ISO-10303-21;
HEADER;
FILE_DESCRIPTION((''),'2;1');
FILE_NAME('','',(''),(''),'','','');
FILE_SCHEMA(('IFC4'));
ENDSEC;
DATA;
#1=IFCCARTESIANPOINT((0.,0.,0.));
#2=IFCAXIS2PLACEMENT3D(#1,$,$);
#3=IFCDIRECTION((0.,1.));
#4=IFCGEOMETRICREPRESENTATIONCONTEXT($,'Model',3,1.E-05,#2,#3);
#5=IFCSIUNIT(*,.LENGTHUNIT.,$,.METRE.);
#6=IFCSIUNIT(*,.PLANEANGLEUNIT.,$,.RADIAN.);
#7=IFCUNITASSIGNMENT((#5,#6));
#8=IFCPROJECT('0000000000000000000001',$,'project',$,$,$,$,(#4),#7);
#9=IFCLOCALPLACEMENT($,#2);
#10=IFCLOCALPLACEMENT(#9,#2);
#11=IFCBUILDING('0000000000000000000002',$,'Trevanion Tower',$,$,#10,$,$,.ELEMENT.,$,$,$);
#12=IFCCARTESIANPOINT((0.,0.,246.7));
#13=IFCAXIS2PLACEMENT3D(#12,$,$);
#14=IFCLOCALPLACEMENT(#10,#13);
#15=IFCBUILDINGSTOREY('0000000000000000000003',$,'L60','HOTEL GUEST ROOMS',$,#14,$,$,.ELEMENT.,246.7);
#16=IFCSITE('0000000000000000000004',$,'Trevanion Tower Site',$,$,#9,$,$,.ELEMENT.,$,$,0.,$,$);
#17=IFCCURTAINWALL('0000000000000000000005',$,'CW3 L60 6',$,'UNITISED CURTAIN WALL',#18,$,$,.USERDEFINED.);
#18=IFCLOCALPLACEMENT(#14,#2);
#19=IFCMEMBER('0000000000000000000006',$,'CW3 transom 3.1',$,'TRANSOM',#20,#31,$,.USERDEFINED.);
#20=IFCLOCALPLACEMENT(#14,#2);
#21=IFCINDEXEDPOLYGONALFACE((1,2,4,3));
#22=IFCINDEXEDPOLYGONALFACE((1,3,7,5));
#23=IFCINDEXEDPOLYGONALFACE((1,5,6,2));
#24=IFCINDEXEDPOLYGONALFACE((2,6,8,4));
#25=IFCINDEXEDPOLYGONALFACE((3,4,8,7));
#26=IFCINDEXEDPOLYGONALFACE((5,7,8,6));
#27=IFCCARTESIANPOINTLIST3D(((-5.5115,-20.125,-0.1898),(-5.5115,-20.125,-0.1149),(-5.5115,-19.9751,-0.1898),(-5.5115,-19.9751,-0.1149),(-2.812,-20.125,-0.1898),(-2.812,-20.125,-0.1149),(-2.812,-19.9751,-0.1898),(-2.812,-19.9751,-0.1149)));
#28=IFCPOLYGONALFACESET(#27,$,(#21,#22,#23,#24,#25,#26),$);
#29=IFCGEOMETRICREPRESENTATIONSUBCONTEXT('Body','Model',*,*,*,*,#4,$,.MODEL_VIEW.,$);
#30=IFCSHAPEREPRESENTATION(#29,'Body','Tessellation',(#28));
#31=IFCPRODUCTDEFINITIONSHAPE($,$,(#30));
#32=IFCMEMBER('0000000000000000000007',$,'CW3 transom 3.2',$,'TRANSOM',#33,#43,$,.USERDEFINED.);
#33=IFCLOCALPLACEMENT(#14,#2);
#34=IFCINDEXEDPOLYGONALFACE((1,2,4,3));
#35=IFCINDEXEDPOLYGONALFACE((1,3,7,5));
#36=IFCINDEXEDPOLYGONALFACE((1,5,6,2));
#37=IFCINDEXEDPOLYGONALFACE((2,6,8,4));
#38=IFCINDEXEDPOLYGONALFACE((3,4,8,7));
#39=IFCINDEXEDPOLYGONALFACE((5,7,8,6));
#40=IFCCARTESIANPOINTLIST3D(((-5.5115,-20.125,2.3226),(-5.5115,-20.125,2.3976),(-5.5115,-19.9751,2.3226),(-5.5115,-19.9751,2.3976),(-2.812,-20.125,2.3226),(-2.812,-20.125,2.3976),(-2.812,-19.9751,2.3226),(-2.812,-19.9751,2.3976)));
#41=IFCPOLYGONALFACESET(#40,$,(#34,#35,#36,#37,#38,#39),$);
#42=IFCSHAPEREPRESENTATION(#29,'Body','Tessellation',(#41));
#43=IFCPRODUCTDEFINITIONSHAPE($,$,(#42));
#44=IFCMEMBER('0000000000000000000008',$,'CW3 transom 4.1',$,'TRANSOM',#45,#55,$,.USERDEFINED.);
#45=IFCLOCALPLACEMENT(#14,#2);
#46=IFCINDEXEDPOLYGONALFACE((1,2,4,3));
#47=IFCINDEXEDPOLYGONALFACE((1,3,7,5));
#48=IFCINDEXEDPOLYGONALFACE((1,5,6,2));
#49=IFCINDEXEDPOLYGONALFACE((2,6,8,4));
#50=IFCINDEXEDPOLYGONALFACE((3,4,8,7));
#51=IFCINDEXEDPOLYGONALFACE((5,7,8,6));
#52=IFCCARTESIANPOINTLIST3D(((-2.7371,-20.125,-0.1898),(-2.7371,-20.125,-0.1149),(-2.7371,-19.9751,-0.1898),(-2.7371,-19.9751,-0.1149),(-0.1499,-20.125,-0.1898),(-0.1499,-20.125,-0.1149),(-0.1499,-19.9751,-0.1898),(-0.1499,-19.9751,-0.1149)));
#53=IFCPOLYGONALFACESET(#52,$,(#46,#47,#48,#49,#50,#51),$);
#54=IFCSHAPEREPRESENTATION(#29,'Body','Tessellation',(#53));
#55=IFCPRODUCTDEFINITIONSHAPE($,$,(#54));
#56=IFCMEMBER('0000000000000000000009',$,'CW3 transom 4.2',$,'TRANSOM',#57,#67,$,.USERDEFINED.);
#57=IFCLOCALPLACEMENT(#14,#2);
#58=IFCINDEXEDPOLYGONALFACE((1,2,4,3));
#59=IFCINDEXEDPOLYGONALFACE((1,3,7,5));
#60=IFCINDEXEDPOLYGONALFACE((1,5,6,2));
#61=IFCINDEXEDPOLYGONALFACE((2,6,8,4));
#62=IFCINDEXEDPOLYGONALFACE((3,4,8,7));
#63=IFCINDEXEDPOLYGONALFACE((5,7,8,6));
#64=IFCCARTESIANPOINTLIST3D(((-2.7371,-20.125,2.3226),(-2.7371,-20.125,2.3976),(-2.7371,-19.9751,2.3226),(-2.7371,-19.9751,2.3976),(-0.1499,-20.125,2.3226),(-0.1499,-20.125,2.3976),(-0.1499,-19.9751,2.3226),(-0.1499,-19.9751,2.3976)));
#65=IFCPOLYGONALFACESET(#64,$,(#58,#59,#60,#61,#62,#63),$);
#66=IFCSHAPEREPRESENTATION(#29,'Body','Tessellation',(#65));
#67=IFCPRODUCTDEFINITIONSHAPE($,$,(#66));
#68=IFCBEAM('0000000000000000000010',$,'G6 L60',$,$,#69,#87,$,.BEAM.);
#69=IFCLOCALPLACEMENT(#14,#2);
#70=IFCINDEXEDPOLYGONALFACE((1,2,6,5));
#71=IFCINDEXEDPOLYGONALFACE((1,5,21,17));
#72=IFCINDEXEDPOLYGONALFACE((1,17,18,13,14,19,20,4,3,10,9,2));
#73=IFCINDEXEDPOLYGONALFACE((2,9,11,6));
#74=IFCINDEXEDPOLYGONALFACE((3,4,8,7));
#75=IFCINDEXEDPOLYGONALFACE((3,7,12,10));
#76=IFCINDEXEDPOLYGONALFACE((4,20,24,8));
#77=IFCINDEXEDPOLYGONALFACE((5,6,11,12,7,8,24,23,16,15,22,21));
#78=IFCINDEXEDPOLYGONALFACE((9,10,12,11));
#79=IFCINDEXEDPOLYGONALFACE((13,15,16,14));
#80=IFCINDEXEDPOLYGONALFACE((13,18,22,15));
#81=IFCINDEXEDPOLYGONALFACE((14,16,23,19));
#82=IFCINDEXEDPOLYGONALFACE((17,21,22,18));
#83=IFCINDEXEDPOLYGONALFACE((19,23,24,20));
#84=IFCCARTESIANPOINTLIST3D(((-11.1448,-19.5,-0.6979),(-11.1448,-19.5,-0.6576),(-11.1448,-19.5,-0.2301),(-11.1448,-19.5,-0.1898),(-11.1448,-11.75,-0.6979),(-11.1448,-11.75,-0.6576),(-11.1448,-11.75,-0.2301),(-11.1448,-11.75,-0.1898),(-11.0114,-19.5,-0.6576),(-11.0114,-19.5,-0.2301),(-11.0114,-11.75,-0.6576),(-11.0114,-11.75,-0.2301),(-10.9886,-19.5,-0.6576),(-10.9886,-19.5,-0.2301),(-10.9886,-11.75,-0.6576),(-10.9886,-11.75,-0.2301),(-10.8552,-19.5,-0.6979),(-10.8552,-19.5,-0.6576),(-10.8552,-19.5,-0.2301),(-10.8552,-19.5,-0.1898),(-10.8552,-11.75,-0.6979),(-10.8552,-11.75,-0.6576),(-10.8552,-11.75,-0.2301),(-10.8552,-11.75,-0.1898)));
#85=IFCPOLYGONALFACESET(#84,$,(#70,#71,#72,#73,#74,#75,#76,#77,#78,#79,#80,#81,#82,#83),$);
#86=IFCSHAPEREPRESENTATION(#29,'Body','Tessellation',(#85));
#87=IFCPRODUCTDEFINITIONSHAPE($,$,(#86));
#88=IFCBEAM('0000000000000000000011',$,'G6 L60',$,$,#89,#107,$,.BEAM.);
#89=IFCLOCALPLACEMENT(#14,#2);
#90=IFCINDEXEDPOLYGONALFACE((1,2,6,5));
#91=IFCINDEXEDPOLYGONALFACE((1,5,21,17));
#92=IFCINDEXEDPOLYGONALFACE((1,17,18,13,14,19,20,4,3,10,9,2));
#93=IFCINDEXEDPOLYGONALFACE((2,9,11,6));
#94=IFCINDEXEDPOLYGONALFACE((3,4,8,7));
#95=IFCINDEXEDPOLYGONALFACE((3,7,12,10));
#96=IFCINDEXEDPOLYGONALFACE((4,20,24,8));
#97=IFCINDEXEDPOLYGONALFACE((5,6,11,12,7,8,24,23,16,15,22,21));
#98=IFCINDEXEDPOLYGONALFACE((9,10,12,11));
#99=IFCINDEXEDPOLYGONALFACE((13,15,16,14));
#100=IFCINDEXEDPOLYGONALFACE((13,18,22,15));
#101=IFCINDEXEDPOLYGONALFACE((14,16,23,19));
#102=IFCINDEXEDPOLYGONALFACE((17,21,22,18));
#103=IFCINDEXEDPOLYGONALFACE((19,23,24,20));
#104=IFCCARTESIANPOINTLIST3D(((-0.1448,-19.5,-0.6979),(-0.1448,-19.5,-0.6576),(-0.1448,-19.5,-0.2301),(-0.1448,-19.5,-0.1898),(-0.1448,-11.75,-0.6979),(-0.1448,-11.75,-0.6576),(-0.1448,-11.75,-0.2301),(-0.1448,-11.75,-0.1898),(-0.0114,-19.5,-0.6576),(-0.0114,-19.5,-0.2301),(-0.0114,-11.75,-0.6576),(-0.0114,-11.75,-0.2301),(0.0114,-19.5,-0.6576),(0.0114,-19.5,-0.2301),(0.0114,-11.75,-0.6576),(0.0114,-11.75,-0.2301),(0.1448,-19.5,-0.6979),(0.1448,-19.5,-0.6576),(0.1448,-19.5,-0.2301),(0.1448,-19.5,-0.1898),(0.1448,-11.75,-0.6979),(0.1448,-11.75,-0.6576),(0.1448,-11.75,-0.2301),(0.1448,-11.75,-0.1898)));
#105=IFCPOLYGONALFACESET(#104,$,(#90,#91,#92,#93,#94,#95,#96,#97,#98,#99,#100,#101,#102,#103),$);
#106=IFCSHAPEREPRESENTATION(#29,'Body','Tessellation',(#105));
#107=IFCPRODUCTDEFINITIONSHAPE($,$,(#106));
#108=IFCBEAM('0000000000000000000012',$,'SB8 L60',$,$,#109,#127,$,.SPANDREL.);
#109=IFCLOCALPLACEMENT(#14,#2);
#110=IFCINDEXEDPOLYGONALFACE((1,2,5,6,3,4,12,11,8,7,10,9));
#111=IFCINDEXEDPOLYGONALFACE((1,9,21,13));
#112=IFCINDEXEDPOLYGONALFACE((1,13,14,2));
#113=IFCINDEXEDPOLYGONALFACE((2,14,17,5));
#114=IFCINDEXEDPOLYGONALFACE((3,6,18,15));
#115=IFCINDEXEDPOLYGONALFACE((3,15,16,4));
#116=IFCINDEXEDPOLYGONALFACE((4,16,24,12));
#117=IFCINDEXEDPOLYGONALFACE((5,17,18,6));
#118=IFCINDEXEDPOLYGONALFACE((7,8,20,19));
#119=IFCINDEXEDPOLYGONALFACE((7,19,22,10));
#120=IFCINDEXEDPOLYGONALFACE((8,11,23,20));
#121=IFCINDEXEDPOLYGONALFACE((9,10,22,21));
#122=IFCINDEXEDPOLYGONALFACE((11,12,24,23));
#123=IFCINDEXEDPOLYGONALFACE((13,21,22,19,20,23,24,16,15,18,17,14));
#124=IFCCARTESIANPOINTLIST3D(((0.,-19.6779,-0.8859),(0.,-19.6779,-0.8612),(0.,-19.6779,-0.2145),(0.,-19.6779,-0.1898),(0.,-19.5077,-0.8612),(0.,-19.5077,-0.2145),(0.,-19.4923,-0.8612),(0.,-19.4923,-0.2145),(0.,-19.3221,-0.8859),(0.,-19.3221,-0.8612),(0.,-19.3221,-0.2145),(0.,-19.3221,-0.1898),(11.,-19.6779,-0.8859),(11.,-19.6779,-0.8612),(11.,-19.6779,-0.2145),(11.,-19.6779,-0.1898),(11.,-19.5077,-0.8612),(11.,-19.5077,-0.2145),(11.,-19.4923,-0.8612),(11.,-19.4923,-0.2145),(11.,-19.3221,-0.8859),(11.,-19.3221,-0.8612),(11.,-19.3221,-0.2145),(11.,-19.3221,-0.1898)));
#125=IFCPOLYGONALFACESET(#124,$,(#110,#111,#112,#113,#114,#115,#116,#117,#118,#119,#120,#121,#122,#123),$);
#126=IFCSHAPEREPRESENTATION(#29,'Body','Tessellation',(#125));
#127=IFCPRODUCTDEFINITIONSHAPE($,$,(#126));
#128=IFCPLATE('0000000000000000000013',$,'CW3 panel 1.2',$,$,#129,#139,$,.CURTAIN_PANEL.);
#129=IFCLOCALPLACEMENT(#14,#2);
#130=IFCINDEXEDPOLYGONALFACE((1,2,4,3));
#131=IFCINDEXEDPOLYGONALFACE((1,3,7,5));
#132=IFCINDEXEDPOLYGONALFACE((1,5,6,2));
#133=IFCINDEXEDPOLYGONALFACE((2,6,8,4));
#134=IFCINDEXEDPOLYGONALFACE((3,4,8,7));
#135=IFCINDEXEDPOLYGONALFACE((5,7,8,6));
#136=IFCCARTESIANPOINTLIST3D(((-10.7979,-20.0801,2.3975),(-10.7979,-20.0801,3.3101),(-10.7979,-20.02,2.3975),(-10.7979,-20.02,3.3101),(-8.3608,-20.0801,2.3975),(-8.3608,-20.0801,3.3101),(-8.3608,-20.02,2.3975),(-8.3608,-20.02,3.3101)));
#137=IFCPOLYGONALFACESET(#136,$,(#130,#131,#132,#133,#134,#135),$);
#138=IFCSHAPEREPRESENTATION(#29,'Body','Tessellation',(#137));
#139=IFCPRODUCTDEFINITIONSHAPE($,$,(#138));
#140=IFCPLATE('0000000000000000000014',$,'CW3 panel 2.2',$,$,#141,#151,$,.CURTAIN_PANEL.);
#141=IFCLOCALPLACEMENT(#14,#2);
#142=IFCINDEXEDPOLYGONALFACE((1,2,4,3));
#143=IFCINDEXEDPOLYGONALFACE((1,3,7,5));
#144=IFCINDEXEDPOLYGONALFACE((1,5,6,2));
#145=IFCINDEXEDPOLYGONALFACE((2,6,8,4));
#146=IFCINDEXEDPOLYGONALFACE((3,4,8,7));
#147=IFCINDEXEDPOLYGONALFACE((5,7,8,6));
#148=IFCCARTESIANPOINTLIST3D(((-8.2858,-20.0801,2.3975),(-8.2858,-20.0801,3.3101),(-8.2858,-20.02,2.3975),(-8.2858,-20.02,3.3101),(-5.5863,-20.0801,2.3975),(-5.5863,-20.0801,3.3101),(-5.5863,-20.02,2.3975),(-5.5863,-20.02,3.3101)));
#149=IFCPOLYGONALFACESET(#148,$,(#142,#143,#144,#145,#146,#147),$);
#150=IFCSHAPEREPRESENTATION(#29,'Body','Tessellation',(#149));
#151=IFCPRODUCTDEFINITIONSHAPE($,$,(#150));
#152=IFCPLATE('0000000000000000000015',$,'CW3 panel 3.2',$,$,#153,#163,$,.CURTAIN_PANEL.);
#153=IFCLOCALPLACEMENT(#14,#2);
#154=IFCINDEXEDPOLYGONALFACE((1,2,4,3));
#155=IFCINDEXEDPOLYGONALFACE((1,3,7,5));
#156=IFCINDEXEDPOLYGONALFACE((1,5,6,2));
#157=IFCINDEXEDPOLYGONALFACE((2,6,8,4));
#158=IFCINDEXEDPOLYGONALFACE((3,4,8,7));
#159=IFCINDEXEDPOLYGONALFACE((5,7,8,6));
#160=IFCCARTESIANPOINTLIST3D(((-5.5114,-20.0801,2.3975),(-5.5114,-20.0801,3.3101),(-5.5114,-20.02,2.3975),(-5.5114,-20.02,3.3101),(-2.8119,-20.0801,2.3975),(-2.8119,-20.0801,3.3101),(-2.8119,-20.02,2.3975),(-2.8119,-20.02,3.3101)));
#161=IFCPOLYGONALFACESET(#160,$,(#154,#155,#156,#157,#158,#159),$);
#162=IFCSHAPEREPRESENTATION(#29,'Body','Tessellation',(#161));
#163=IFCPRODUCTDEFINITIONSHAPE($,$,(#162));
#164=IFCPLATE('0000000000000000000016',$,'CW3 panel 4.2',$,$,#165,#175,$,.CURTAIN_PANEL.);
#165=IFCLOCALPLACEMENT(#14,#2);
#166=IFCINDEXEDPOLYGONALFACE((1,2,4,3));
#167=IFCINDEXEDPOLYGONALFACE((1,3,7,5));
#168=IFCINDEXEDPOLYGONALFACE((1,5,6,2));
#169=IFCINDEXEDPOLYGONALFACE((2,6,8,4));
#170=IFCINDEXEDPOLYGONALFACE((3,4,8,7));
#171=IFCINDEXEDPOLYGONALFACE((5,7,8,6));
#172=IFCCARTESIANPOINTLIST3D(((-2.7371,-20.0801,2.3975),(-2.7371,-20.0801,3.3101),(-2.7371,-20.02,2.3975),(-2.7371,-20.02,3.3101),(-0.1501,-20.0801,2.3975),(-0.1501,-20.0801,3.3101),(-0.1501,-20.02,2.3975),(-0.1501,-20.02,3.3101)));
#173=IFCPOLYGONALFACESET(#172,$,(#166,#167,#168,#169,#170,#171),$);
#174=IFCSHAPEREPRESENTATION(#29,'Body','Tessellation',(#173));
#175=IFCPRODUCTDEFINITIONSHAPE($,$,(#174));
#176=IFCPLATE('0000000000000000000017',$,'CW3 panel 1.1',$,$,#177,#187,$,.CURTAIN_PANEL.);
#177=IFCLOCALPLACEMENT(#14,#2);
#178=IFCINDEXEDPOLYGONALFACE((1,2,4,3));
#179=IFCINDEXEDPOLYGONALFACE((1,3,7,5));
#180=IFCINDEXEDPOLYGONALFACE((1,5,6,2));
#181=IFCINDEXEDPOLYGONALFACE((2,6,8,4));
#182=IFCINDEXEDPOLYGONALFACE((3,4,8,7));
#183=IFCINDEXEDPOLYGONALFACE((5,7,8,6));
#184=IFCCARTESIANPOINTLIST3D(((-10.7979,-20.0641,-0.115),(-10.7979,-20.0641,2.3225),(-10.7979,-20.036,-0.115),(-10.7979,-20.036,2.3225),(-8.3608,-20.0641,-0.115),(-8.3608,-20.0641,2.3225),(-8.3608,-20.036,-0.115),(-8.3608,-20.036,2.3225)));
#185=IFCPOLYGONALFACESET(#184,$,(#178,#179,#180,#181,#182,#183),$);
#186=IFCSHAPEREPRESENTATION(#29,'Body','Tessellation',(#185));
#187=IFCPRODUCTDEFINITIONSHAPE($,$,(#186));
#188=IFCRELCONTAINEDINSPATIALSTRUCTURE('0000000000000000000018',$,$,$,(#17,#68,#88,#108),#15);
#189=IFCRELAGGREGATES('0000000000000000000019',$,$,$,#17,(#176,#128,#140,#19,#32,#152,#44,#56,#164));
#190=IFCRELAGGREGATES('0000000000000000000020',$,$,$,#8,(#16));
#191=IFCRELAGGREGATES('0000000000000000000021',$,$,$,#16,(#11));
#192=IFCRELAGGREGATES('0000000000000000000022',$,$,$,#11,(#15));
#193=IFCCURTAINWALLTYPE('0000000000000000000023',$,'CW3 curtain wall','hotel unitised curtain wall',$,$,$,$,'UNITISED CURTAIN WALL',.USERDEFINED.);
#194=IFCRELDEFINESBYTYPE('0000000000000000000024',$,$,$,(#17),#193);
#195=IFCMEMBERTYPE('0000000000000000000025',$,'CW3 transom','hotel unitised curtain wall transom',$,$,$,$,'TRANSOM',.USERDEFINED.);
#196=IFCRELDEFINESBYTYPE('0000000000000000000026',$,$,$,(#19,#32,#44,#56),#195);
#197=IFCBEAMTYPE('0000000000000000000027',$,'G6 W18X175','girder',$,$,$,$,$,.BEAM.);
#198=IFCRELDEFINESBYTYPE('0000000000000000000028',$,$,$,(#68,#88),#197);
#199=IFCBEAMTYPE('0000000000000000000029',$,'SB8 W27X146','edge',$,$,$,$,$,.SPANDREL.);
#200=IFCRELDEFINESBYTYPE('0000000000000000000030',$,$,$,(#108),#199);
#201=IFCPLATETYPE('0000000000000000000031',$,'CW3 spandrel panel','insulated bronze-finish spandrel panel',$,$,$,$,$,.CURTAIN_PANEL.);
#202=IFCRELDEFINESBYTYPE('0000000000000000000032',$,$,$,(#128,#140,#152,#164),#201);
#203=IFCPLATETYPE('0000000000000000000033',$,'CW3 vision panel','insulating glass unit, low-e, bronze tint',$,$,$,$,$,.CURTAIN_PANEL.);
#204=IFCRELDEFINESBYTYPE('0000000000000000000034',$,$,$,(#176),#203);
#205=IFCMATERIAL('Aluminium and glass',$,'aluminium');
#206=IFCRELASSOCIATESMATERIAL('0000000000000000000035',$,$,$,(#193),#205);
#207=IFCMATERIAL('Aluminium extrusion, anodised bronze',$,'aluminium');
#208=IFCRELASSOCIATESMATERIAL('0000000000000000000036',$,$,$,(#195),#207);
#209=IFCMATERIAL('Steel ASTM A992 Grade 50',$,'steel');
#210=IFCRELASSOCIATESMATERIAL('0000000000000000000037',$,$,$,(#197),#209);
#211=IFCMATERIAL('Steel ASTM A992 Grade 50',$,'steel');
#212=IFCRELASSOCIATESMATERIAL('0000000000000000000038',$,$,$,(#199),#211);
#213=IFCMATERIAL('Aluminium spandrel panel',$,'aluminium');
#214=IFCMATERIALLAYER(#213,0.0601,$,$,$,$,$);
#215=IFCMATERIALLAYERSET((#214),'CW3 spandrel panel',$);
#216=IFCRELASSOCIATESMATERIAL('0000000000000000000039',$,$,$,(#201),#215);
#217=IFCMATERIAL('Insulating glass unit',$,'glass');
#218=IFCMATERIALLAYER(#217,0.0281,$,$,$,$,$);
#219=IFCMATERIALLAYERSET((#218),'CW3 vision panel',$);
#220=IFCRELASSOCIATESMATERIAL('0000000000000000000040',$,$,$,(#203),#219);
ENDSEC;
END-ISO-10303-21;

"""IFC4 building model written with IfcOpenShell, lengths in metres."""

from ifc_helpers import new_model, si_unit, direction, frame, origin, origin_2d, place, context, subcontext, project, spatial, rectangle, i_section, extrude, material, layer, layer_set, material_profile, profile_set, type_object, element, aggregate, save


model = new_model("IFC4")

# Units and contexts
model_context = context("Model", 3, precision=1e-05, world=origin(), true_north=direction((0.0, 1.0)))
body_context = subcontext(model_context, "Body", "Model", "MODEL_VIEW")
ifc_project = project(units=[si_unit("LENGTHUNIT", "METRE"), si_unit("PLANEANGLEUNIT", "RADIAN")], contexts=[model_context])

# Site, building, storey
site_placement = place(None, origin())
site = spatial("IfcSite", under=ifc_project, at=site_placement, Name="Trevanion Tower Site", CompositionType="ELEMENT", RefElevation=0.0)
building_placement = place(site_placement, origin())
building = spatial("IfcBuilding", under=site, at=building_placement, Name="Trevanion Tower", CompositionType="ELEMENT")
storey_placement = place(building_placement, frame((0.0, 0.0, 246.7)))
storey = spatial("IfcBuildingStorey", under=building, at=storey_placement, Name="L60", Description="HOTEL GUEST ROOMS", CompositionType="ELEMENT", Elevation=246.7)

# Curtain wall, members
ifc_material_1 = material(Name="Aluminium and glass", Category="aluminium")
curtain_wall_type = type_object("IfcCurtainWallType", Name="CW3 curtain wall", Description="hotel unitised curtain wall", ElementType="UNITISED CURTAIN WALL", PredefinedType="USERDEFINED", material=ifc_material_1)
curtain_wall_placement = place(storey_placement, origin())
curtain_wall = element("IfcCurtainWall", 1, at=curtain_wall_placement, inside=storey, type_object=curtain_wall_type, Name="CW3 L60 6", ObjectType="UNITISED CURTAIN WALL", PredefinedType="USERDEFINED")
ifc_material_2 = material(Name="Aluminium extrusion, anodised bronze", Category="aluminium")
ifc_material_profile_1 = material_profile(ifc_material_2, rectangle(XDim=0.1499, YDim=0.075, at=origin_2d()), Name="CW3 transom")
ifc_profile_set_1 = profile_set([ifc_material_profile_1], Name="Aluminium extrusion, anodised bronze")
member_type_1 = type_object("IfcMemberType", Name="CW3 transom", Description="hotel unitised curtain wall transom", ElementType="TRANSOM", PredefinedType="USERDEFINED", material=ifc_profile_set_1)
member_1_placement = place(storey_placement, frame((-5.5115, -20.05, -0.1523), z_axis=(1.0, 0.0, 0.0), x_axis=(0.0, 1.0, 0.0)))
member_1 = element("IfcMember", 2, at=member_1_placement, type_object=member_type_1, Name="CW3 transom 3.1", ObjectType="TRANSOM", PredefinedType="USERDEFINED", context=body_context, shape_type="SweptSolid", body=[
    extrude(rectangle(XDim=0.1499, YDim=0.075, at=origin_2d()), origin(), (0.0, 0.0, 1.0), 2.6995),
])
member_2_placement = place(storey_placement, frame((-5.5115, -20.05, 2.3601), z_axis=(1.0, 0.0, 0.0), x_axis=(0.0, 1.0, 0.0)))
member_2 = element("IfcMember", 3, at=member_2_placement, type_object=member_type_1, Name="CW3 transom 3.2", ObjectType="TRANSOM", PredefinedType="USERDEFINED", context=body_context, shape_type="SweptSolid", body=[
    extrude(rectangle(XDim=0.1499, YDim=0.075, at=origin_2d()), origin(), (0.0, 0.0, 1.0), 2.6995),
])
member_3_placement = place(storey_placement, frame((-2.7371, -20.05, -0.1523), z_axis=(1.0, 0.0, 0.0), x_axis=(0.0, 1.0, 0.0)))
member_3 = element("IfcMember", 4, at=member_3_placement, type_object=member_type_1, Name="CW3 transom 4.1", ObjectType="TRANSOM", PredefinedType="USERDEFINED", context=body_context, shape_type="SweptSolid", body=[
    extrude(rectangle(XDim=0.1499, YDim=0.075, at=origin_2d()), origin(), (0.0, 0.0, 1.0), 2.5872),
])
member_4_placement = place(storey_placement, frame((-2.7371, -20.05, 2.3601), z_axis=(1.0, 0.0, 0.0), x_axis=(0.0, 1.0, 0.0)))
member_4 = element("IfcMember", 5, at=member_4_placement, type_object=member_type_1, Name="CW3 transom 4.2", ObjectType="TRANSOM", PredefinedType="USERDEFINED", context=body_context, shape_type="SweptSolid", body=[
    extrude(rectangle(XDim=0.1499, YDim=0.075, at=origin_2d()), origin(), (0.0, 0.0, 1.0), 2.5872),
])

# Beams
ifc_material_3 = material(Name="Steel ASTM A992 Grade 50", Category="steel")
ifc_material_profile_2 = material_profile(ifc_material_3, i_section(OverallWidth=0.2896, OverallDepth=0.5081, WebThickness=0.0227, FlangeThickness=0.0403, at=origin_2d()), Name="W18X175")
ifc_profile_set_2 = profile_set([ifc_material_profile_2], Name="Steel ASTM A992 Grade 50")
beam_type_1 = type_object("IfcBeamType", Name="G6 W18X175", Description="girder", PredefinedType="BEAM", material=ifc_profile_set_2)
for number, where, z_axis, x_axis, name in (
    (6, (-11.0, -11.75, -0.4438), (0.0, -1.0, 0.0), (1.0, 0.0, 0.0), "G6 L60"),
    (7, (0.0, -11.75, -0.4438), (0.0, -1.0, 0.0), (1.0, 0.0, 0.0), "G6 L60"),
):
    element("IfcBeam", number, at=place(storey_placement, frame(where, z_axis=z_axis, x_axis=x_axis)), inside=storey, type_object=beam_type_1, Name=name, PredefinedType="BEAM", context=body_context, shape_type="SweptSolid", body=[
        extrude(i_section(OverallWidth=0.2896, OverallDepth=0.5081, WebThickness=0.0227, FlangeThickness=0.0403, at=origin_2d()), origin(), (0.0, 0.0, 1.0), 7.75),
    ])
ifc_material_4 = material(Name="Steel ASTM A992 Grade 50", Category="steel")
ifc_material_profile_3 = material_profile(ifc_material_4, i_section(OverallWidth=0.3557, OverallDepth=0.696, WebThickness=0.0154, FlangeThickness=0.0247, at=origin_2d()), Name="W27X146")
ifc_profile_set_3 = profile_set([ifc_material_profile_3], Name="Steel ASTM A992 Grade 50")
beam_type_2 = type_object("IfcBeamType", Name="SB8 W27X146", Description="edge", PredefinedType="SPANDREL", material=ifc_profile_set_3)
beam_placement = place(storey_placement, frame((0.0, -19.5, -0.5378), z_axis=(1.0, 0.0, 0.0), x_axis=(0.0, 1.0, 0.0)))
element("IfcBeam", 8, at=beam_placement, inside=storey, type_object=beam_type_2, Name="SB8 L60", PredefinedType="SPANDREL", context=body_context, shape_type="SweptSolid", body=[
    extrude(i_section(OverallWidth=0.3557, OverallDepth=0.696, WebThickness=0.0154, FlangeThickness=0.0247, at=origin_2d()), origin(), (0.0, 0.0, 1.0), 11.0),
])

# Plates
ifc_material_5 = material(Name="Aluminium spandrel panel", Category="aluminium")
ifc_layer_1 = layer(ifc_material_5, 0.0601)
ifc_layer_set_1 = layer_set([ifc_layer_1], Name="CW3 spandrel panel")
plate_type_1 = type_object("IfcPlateType", Name="CW3 spandrel panel", Description="insulated bronze-finish spandrel panel", PredefinedType="CURTAIN_PANEL", material=ifc_layer_set_1)
plate_1_placement = place(storey_placement, frame((-9.5793, -20.05, 2.3975), z_axis=(0.0, 0.0, 1.0), x_axis=(1.0, 0.0, 0.0)))
plate_1 = element("IfcPlate", 9, at=plate_1_placement, type_object=plate_type_1, Name="CW3 panel 1.2", PredefinedType="CURTAIN_PANEL", context=body_context, shape_type="SweptSolid", body=[
    extrude(rectangle(XDim=2.437, YDim=0.0601, at=origin_2d()), origin(), (0.0, 0.0, 1.0), 0.9126),
])
plate_2_placement = place(storey_placement, frame((-6.936, -20.05, 2.3975), z_axis=(0.0, 0.0, 1.0), x_axis=(1.0, 0.0, 0.0)))
plate_2 = element("IfcPlate", 10, at=plate_2_placement, type_object=plate_type_1, Name="CW3 panel 2.2", PredefinedType="CURTAIN_PANEL", context=body_context, shape_type="SweptSolid", body=[
    extrude(rectangle(XDim=2.6995, YDim=0.0601, at=origin_2d()), origin(), (0.0, 0.0, 1.0), 0.9126),
])
plate_3_placement = place(storey_placement, frame((-4.1616, -20.05, 2.3975), z_axis=(0.0, 0.0, 1.0), x_axis=(1.0, 0.0, 0.0)))
plate_3 = element("IfcPlate", 11, at=plate_3_placement, type_object=plate_type_1, Name="CW3 panel 3.2", PredefinedType="CURTAIN_PANEL", context=body_context, shape_type="SweptSolid", body=[
    extrude(rectangle(XDim=2.6995, YDim=0.0601, at=origin_2d()), origin(), (0.0, 0.0, 1.0), 0.9126),
])
plate_4_placement = place(storey_placement, frame((-1.4436, -20.05, 2.3975), z_axis=(0.0, 0.0, 1.0), x_axis=(1.0, 0.0, 0.0)))
plate_4 = element("IfcPlate", 12, at=plate_4_placement, type_object=plate_type_1, Name="CW3 panel 4.2", PredefinedType="CURTAIN_PANEL", context=body_context, shape_type="SweptSolid", body=[
    extrude(rectangle(XDim=2.5869, YDim=0.0601, at=origin_2d()), origin(), (0.0, 0.0, 1.0), 0.9126),
])
ifc_material_6 = material(Name="Insulating glass unit", Category="glass")
ifc_layer_2 = layer(ifc_material_6, 0.0281)
ifc_layer_set_2 = layer_set([ifc_layer_2], Name="CW3 vision panel")
plate_type_2 = type_object("IfcPlateType", Name="CW3 vision panel", Description="insulating glass unit, low-e, bronze tint", PredefinedType="CURTAIN_PANEL", material=ifc_layer_set_2)
plate_5_placement = place(storey_placement, frame((-9.5793, -20.05, -0.115), z_axis=(0.0, 0.0, 1.0), x_axis=(1.0, 0.0, 0.0)))
plate_5 = element("IfcPlate", 13, at=plate_5_placement, type_object=plate_type_2, Name="CW3 panel 1.1", PredefinedType="CURTAIN_PANEL", context=body_context, shape_type="SweptSolid", body=[
    extrude(rectangle(XDim=2.437, YDim=0.0281, at=origin_2d()), origin(), (0.0, 0.0, 1.0), 2.4375),
])
aggregate(curtain_wall, [plate_5, plate_1, plate_2, member_1, member_2, plate_3, member_3, member_4, plate_4])

save(model, "model.ifc")
